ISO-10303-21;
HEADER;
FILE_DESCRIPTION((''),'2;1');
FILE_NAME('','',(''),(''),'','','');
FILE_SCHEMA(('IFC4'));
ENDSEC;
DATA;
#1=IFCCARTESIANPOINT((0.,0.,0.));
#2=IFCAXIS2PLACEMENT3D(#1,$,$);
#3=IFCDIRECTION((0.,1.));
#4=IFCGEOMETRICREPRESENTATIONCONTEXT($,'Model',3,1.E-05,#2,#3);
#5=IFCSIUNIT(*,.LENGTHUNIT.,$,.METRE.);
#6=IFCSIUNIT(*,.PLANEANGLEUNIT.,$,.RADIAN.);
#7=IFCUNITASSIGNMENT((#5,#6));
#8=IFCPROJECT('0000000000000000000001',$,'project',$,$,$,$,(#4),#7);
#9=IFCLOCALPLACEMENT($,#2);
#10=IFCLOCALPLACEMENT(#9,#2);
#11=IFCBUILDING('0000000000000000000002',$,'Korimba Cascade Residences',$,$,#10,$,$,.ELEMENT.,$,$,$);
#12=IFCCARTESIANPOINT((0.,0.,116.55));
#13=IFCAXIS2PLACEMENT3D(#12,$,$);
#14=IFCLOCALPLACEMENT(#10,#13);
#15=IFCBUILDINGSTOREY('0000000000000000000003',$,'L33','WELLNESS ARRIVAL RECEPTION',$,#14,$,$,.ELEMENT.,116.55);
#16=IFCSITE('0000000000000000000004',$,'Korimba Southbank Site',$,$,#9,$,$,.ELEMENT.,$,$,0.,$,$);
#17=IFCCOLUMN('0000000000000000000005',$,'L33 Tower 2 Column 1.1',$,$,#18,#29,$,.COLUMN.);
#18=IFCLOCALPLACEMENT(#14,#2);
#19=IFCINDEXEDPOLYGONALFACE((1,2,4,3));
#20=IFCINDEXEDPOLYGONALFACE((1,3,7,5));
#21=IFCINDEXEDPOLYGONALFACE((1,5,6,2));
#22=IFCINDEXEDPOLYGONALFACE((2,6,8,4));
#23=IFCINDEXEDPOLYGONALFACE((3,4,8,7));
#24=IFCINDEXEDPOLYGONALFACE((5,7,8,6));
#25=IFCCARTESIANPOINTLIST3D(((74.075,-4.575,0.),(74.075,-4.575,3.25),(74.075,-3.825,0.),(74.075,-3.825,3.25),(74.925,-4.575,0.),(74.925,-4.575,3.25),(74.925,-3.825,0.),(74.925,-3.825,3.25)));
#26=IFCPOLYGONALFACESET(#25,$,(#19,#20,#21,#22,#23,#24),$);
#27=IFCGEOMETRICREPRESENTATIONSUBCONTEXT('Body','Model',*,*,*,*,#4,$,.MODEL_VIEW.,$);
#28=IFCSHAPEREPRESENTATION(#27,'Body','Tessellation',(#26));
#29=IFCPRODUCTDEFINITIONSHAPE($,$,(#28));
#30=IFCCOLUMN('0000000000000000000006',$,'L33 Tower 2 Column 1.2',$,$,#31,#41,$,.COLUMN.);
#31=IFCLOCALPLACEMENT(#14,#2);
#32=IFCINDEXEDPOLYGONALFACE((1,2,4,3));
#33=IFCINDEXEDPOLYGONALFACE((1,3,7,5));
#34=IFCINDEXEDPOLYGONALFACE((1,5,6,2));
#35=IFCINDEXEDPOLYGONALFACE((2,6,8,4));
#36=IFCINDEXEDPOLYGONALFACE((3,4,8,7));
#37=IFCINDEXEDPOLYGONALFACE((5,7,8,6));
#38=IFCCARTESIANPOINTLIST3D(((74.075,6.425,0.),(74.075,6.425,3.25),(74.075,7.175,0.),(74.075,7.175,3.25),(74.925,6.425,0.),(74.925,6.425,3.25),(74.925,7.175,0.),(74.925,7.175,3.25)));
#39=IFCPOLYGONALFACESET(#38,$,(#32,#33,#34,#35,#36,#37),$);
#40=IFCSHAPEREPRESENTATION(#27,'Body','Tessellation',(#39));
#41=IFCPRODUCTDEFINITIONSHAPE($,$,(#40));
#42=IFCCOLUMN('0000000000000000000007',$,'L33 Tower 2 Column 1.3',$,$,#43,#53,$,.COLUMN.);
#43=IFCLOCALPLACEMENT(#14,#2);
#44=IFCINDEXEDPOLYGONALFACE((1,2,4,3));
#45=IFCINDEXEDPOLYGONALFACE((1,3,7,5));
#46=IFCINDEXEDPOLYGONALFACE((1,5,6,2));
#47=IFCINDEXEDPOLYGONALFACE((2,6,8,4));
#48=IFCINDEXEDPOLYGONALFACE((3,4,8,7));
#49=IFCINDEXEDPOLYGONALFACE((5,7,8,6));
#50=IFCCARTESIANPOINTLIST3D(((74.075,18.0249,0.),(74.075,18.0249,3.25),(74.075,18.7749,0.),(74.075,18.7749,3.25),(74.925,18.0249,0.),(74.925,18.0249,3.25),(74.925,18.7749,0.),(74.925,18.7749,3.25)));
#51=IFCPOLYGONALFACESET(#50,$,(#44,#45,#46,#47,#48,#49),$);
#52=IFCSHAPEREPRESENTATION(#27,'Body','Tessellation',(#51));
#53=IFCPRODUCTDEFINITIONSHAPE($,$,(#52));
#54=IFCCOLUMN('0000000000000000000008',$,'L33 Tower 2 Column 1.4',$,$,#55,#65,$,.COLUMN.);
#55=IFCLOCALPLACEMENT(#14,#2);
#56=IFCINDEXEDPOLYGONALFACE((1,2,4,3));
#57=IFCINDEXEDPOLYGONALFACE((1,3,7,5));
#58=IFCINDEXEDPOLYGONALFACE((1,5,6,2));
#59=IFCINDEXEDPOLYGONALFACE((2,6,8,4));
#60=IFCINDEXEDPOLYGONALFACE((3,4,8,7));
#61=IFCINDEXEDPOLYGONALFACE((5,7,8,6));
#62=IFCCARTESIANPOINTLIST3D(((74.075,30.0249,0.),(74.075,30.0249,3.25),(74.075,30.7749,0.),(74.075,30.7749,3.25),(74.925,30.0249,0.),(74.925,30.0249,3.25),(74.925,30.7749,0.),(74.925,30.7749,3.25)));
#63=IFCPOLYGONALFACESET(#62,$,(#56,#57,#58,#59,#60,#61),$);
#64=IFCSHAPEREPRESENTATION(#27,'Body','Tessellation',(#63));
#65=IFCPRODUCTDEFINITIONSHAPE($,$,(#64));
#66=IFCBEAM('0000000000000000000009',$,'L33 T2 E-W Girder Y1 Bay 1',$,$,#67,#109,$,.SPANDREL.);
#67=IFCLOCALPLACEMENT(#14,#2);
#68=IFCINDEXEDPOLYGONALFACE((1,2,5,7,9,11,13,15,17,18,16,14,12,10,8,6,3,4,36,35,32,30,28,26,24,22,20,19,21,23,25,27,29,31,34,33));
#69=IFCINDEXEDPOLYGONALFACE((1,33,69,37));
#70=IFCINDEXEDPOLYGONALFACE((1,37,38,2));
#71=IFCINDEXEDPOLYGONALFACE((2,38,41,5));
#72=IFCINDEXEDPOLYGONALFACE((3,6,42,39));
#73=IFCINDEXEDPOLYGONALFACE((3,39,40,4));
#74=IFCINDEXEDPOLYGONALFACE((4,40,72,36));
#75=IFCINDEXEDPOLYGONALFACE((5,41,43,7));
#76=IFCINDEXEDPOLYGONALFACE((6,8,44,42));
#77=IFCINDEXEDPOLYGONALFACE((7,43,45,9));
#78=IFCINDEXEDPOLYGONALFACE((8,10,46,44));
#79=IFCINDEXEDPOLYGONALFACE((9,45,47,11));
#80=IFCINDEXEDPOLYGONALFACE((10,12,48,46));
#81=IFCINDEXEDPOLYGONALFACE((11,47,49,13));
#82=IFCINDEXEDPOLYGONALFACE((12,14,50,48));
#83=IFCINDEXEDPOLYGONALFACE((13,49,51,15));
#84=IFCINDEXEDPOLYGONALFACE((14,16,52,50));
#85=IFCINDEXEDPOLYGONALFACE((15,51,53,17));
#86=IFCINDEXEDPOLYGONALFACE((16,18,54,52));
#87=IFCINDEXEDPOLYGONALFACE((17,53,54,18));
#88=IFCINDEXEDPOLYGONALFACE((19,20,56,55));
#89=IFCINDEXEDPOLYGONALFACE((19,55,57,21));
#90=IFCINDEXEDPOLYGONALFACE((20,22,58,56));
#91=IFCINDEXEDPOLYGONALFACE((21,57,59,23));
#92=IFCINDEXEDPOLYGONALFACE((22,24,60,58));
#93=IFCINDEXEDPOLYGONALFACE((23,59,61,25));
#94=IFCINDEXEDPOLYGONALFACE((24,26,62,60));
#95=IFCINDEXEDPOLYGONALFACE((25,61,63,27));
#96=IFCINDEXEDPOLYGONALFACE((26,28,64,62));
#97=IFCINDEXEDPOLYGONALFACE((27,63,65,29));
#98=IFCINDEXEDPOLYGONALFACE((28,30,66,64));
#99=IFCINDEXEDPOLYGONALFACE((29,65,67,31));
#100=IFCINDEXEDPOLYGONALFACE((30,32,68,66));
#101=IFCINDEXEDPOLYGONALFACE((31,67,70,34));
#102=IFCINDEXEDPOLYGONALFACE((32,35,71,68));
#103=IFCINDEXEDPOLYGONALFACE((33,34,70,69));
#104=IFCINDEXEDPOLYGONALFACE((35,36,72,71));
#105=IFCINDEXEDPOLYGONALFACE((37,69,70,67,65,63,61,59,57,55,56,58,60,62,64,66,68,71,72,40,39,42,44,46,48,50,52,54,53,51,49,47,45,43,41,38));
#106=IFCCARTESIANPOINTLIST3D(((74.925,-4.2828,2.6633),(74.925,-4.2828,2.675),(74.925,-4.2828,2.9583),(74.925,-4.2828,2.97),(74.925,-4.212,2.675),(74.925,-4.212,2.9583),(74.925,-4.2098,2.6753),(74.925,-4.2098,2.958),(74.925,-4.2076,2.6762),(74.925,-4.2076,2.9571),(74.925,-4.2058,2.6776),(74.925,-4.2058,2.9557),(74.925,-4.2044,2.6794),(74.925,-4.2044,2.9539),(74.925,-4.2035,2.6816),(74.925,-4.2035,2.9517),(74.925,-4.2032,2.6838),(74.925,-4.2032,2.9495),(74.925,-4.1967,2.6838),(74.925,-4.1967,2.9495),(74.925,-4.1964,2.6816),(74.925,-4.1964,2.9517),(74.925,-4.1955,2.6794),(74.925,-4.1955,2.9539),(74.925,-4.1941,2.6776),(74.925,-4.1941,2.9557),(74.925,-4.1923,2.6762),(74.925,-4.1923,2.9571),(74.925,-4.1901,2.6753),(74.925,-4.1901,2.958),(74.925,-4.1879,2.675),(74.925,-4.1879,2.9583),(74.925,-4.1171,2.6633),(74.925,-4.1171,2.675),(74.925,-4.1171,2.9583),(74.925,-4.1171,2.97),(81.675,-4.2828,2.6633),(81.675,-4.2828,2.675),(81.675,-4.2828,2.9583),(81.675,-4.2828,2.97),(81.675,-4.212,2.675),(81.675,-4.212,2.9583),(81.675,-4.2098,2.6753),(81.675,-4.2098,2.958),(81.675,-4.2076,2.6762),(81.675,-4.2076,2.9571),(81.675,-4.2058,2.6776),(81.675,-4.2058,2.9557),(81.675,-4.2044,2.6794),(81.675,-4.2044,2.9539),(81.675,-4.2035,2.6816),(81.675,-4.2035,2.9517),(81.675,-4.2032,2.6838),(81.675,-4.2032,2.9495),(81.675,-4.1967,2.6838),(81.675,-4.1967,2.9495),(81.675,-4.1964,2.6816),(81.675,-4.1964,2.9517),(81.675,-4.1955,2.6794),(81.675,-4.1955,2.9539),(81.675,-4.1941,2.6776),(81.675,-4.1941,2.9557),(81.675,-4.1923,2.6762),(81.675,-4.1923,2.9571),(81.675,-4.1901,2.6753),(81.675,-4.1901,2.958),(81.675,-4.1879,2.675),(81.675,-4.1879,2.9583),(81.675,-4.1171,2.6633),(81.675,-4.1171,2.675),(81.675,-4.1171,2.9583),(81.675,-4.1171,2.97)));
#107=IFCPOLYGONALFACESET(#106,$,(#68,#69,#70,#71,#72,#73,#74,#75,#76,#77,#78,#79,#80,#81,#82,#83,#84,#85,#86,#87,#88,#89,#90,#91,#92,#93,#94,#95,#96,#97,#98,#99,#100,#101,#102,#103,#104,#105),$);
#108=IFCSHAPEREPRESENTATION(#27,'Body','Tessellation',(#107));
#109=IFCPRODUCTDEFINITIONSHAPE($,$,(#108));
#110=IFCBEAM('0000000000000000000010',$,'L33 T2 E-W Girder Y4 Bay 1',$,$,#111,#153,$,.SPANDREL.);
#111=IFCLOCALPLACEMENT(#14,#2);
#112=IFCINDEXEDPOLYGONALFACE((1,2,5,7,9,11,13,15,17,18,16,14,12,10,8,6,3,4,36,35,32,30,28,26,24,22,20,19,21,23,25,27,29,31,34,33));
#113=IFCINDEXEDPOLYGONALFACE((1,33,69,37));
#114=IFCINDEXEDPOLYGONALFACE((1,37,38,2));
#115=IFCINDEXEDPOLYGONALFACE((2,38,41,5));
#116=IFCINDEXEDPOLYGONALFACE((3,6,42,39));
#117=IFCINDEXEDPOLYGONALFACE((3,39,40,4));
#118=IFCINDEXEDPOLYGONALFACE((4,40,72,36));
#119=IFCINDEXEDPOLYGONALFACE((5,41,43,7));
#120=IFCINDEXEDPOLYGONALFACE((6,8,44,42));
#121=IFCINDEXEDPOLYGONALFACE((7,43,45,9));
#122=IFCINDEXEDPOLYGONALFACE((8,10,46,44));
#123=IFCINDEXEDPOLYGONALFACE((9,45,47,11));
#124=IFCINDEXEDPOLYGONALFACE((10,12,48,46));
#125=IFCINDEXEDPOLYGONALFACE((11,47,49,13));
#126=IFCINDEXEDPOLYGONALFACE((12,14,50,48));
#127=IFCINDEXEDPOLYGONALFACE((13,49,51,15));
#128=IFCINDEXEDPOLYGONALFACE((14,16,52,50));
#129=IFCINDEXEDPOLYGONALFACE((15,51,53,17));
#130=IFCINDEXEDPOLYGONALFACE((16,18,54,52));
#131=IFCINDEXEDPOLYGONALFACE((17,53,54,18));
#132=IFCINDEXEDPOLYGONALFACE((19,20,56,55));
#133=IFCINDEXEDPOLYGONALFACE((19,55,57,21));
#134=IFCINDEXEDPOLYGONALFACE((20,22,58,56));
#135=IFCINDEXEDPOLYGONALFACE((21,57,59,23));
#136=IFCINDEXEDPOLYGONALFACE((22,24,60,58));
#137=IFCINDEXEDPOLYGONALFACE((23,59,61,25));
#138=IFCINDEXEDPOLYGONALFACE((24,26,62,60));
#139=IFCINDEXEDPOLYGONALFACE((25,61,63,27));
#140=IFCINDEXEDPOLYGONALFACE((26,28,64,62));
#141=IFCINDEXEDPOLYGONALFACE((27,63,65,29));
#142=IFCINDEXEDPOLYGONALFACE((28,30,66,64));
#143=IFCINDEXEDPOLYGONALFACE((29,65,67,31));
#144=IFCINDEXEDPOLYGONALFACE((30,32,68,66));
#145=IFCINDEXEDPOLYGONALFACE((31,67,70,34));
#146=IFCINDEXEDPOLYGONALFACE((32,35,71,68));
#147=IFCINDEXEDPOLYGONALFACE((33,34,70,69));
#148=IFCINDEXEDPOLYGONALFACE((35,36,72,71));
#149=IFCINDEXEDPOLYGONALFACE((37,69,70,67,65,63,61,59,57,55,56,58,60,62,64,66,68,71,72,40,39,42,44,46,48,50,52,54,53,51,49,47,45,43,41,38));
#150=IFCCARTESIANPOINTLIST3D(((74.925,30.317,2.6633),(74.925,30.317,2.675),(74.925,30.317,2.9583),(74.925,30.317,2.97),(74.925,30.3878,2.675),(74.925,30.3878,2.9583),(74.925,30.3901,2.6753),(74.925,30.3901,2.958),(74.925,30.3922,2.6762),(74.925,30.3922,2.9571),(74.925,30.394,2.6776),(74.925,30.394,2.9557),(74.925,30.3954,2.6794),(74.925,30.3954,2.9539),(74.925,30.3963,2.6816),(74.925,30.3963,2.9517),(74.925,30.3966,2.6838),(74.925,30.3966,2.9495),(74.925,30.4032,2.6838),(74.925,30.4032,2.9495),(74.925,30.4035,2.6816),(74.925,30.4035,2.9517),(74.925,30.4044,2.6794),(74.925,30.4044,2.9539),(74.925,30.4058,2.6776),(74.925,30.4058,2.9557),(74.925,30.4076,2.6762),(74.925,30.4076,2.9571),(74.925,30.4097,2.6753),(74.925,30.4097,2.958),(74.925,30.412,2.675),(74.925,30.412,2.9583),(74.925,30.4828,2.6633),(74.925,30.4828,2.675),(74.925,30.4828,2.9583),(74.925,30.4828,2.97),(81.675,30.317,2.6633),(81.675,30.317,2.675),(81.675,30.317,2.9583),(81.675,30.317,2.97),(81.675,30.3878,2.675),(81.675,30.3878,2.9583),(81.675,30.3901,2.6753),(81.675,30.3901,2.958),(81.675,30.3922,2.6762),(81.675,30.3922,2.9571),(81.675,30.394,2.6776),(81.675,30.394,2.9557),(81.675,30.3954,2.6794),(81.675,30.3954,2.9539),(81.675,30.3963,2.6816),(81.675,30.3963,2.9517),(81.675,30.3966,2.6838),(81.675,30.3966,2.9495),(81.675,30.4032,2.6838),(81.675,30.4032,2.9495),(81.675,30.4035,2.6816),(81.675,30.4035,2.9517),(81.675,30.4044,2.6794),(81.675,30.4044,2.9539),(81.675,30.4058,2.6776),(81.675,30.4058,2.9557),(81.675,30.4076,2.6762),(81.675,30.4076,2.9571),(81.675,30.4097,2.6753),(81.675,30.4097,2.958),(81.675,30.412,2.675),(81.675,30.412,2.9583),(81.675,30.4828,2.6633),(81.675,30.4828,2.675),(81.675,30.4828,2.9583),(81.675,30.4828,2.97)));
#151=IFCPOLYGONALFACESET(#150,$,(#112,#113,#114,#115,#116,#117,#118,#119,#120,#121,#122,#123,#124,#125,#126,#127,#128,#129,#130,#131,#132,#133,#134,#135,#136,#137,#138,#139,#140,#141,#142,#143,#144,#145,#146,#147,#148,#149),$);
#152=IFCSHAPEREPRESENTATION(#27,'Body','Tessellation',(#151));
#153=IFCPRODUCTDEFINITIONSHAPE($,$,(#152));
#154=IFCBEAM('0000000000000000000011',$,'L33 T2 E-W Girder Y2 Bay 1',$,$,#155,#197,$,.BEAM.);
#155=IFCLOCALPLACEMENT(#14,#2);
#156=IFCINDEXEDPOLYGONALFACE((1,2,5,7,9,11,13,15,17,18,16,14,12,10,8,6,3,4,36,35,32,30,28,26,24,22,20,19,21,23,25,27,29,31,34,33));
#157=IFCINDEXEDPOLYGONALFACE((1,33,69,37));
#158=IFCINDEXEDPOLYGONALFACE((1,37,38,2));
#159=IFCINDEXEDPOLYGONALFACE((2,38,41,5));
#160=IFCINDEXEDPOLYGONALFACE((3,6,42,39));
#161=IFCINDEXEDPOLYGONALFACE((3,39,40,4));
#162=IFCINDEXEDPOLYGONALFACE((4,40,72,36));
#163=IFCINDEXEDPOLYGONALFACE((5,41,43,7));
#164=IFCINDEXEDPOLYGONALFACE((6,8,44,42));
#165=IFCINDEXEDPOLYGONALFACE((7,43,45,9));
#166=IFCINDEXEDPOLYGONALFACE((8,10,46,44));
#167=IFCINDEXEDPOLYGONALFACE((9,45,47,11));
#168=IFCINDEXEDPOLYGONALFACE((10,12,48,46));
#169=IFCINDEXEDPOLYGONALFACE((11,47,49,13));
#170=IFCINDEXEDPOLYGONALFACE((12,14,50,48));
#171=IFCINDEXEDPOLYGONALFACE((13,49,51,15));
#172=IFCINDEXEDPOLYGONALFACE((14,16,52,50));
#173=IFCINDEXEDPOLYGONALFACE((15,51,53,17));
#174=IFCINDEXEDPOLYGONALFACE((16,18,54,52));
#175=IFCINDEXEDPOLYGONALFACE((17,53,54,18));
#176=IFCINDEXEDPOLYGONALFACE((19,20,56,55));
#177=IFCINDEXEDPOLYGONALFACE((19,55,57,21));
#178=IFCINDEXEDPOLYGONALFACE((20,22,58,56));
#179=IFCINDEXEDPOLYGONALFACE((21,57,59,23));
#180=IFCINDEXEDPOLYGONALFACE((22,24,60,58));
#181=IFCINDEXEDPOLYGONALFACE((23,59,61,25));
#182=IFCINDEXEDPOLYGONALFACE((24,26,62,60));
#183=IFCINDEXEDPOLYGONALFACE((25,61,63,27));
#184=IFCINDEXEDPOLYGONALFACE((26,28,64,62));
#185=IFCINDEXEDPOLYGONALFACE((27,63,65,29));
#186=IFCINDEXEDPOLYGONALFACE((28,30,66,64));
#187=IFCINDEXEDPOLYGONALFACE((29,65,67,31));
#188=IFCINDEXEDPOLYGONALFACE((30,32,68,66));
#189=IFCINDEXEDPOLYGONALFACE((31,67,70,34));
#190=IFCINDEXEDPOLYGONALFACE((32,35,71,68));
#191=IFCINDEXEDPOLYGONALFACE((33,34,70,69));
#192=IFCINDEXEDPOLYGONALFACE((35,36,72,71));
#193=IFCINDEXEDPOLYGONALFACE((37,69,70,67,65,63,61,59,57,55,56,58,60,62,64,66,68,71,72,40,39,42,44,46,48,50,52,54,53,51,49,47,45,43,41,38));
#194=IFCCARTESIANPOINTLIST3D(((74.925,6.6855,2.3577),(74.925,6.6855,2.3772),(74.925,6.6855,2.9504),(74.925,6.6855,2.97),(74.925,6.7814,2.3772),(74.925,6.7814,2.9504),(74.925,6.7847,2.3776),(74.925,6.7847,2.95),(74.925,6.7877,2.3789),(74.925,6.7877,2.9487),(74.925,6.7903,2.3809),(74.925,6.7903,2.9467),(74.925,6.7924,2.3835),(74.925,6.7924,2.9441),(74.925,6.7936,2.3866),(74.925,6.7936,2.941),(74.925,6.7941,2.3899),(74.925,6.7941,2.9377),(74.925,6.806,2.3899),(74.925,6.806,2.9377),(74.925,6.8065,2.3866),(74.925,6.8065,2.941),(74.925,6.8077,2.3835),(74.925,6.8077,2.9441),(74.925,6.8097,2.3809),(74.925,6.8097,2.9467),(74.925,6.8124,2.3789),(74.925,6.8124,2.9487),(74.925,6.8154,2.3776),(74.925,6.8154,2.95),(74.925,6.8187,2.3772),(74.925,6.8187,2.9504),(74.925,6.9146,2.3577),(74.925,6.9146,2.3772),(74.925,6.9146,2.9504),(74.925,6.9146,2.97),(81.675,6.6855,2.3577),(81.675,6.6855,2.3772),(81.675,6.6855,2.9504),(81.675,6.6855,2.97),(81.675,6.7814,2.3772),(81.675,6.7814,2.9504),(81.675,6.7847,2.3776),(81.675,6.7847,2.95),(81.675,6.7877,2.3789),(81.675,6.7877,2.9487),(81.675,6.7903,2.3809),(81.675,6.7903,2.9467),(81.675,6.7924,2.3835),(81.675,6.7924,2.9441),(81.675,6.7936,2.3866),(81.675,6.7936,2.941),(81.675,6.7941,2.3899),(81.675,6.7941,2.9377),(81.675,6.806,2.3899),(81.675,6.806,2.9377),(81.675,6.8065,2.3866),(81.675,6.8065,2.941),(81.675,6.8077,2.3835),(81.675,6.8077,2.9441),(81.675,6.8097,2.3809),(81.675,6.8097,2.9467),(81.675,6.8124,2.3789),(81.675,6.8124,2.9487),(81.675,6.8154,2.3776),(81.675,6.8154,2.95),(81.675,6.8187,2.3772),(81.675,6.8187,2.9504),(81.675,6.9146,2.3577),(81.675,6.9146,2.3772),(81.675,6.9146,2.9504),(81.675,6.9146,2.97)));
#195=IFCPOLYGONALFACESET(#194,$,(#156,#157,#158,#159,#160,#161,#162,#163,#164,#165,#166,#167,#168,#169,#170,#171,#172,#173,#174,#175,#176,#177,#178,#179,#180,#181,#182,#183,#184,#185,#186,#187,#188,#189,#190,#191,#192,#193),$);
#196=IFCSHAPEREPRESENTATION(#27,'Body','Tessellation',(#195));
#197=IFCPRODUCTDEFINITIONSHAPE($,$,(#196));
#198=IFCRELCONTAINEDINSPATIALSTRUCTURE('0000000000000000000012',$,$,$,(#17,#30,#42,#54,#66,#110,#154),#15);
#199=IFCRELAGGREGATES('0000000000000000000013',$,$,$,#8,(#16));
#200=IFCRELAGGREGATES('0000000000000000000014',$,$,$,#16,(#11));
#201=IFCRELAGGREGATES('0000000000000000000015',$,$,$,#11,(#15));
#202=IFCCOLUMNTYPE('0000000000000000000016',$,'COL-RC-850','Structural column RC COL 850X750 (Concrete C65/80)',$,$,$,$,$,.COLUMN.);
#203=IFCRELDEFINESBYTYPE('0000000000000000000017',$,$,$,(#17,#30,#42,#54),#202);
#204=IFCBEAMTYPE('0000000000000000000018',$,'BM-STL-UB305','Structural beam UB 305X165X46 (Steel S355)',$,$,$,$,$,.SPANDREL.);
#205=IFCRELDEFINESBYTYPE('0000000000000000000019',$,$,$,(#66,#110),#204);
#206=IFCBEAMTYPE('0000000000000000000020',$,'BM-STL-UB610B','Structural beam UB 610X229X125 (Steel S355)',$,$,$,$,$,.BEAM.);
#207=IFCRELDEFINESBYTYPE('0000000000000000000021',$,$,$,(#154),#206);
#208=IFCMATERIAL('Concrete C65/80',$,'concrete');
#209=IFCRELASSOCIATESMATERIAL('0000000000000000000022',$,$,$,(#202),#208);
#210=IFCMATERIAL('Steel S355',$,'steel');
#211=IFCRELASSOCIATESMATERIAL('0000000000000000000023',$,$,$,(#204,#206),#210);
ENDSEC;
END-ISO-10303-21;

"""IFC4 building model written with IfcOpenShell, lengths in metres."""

from ifc_helpers import new_model, si_unit, direction, frame, origin, origin_2d, place, context, subcontext, project, spatial, rectangle, i_section, extrude, material, material_profile, profile_set, type_object, element, save


model = new_model("IFC4")

# Units and contexts
model_context = context("Model", 3, precision=1e-05, world=origin(), true_north=direction((0.0, 1.0)))
body_context = subcontext(model_context, "Body", "Model", "MODEL_VIEW")
ifc_project = project(units=[si_unit("LENGTHUNIT", "METRE"), si_unit("PLANEANGLEUNIT", "RADIAN")], contexts=[model_context])

# Site, building, storey
site_placement = place(None, origin())
site = spatial("IfcSite", under=ifc_project, at=site_placement, Name="Korimba Southbank Site", CompositionType="ELEMENT", RefElevation=0.0)
building_placement = place(site_placement, origin())
building = spatial("IfcBuilding", under=site, at=building_placement, Name="Korimba Cascade Residences", CompositionType="ELEMENT")
storey_placement = place(building_placement, frame((0.0, 0.0, 116.55)))
storey = spatial("IfcBuildingStorey", under=building, at=storey_placement, Name="L33", Description="WELLNESS ARRIVAL RECEPTION", CompositionType="ELEMENT", Elevation=116.55)

# Columns
ifc_material_1 = material(Name="Concrete C65/80", Category="concrete")
ifc_material_profile_1 = material_profile(ifc_material_1, rectangle(XDim=0.8501, YDim=0.75, at=origin_2d()), Name="Concrete C65/80")
ifc_profile_set_1 = profile_set([ifc_material_profile_1], Name="Concrete C65/80")
column_type = type_object("IfcColumnType", Name="COL-RC-850", Description="Structural column RC COL 850X750 (Concrete C65/80)", PredefinedType="COLUMN", material=ifc_profile_set_1)
for number, where, z_axis, x_axis, name in (
    (1, (74.5, -4.2, 0.0), (0.0, 0.0, 1.0), (1.0, 0.0, 0.0), "L33 Tower 2 Column 1.1"),
    (2, (74.5, 6.8, 0.0), (0.0, 0.0, 1.0), (1.0, 0.0, 0.0), "L33 Tower 2 Column 1.2"),
    (3, (74.5, 18.3999, 0.0), (0.0, 0.0, 1.0), (1.0, 0.0, 0.0), "L33 Tower 2 Column 1.3"),
    (4, (74.5, 30.3999, 0.0), (0.0, 0.0, 1.0), (1.0, 0.0, 0.0), "L33 Tower 2 Column 1.4"),
):
    element("IfcColumn", number, at=place(storey_placement, frame(where, z_axis=z_axis, x_axis=x_axis)), inside=storey, type_object=column_type, Name=name, PredefinedType="COLUMN", context=body_context, shape_type="SweptSolid", body=[
        extrude(rectangle(XDim=0.8501, YDim=0.75, at=origin_2d()), origin(), (0.0, 0.0, 1.0), 3.25),
    ])

# Beams
ifc_material_2 = material(Name="Steel S355", Category="steel")
ifc_material_profile_2 = material_profile(ifc_material_2, i_section(OverallWidth=0.1658, OverallDepth=0.3066, WebThickness=0.0066, FlangeThickness=0.0117, FilletRadius=0.0088, at=origin_2d()), Name="Steel S355")
ifc_profile_set_2 = profile_set([ifc_material_profile_2], Name="Steel S355")
beam_type_1 = type_object("IfcBeamType", Name="BM-STL-UB305", Description="Structural beam UB 305X165X46 (Steel S355)", PredefinedType="SPANDREL", material=ifc_profile_set_2)
for number, where, z_axis, x_axis, name in (
    (5, (74.925, -4.2, 2.8167), (1.0, 0.0, 0.0), (0.0, 1.0, 0.0), "L33 T2 E-W Girder Y1 Bay 1"),
    (6, (74.925, 30.3999, 2.8167), (1.0, 0.0, 0.0), (0.0, 1.0, 0.0), "L33 T2 E-W Girder Y4 Bay 1"),
):
    element("IfcBeam", number, at=place(storey_placement, frame(where, z_axis=z_axis, x_axis=x_axis)), inside=storey, type_object=beam_type_1, Name=name, PredefinedType="SPANDREL", context=body_context, shape_type="SweptSolid", body=[
        extrude(i_section(OverallWidth=0.1658, OverallDepth=0.3066, WebThickness=0.0066, FlangeThickness=0.0117, FilletRadius=0.0088, at=origin_2d()), origin(), (0.0, 0.0, 1.0), 6.75),
    ])
ifc_material_profile_3 = material_profile(ifc_material_2, i_section(OverallWidth=0.229, OverallDepth=0.6123, WebThickness=0.012, FlangeThickness=0.0195, FilletRadius=0.0127, at=origin_2d()), Name="Steel S355")
ifc_profile_set_3 = profile_set([ifc_material_profile_3], Name="Steel S355")
beam_type_2 = type_object("IfcBeamType", Name="BM-STL-UB610B", Description="Structural beam UB 610X229X125 (Steel S355)", PredefinedType="BEAM", material=ifc_profile_set_3)
for number, where, z_axis, x_axis, name in (
    (7, (74.925, 6.8, 2.6638), (1.0, 0.0, 0.0), (0.0, 1.0, 0.0), "L33 T2 E-W Girder Y2 Bay 1"),
):
    element("IfcBeam", number, at=place(storey_placement, frame(where, z_axis=z_axis, x_axis=x_axis)), inside=storey, type_object=beam_type_2, Name=name, PredefinedType="BEAM", context=body_context, shape_type="SweptSolid", body=[
        extrude(i_section(OverallWidth=0.229, OverallDepth=0.6123, WebThickness=0.012, FlangeThickness=0.0195, FilletRadius=0.0127, at=origin_2d()), origin(), (0.0, 0.0, 1.0), 6.75),
    ])

save(model, "model.ifc")
